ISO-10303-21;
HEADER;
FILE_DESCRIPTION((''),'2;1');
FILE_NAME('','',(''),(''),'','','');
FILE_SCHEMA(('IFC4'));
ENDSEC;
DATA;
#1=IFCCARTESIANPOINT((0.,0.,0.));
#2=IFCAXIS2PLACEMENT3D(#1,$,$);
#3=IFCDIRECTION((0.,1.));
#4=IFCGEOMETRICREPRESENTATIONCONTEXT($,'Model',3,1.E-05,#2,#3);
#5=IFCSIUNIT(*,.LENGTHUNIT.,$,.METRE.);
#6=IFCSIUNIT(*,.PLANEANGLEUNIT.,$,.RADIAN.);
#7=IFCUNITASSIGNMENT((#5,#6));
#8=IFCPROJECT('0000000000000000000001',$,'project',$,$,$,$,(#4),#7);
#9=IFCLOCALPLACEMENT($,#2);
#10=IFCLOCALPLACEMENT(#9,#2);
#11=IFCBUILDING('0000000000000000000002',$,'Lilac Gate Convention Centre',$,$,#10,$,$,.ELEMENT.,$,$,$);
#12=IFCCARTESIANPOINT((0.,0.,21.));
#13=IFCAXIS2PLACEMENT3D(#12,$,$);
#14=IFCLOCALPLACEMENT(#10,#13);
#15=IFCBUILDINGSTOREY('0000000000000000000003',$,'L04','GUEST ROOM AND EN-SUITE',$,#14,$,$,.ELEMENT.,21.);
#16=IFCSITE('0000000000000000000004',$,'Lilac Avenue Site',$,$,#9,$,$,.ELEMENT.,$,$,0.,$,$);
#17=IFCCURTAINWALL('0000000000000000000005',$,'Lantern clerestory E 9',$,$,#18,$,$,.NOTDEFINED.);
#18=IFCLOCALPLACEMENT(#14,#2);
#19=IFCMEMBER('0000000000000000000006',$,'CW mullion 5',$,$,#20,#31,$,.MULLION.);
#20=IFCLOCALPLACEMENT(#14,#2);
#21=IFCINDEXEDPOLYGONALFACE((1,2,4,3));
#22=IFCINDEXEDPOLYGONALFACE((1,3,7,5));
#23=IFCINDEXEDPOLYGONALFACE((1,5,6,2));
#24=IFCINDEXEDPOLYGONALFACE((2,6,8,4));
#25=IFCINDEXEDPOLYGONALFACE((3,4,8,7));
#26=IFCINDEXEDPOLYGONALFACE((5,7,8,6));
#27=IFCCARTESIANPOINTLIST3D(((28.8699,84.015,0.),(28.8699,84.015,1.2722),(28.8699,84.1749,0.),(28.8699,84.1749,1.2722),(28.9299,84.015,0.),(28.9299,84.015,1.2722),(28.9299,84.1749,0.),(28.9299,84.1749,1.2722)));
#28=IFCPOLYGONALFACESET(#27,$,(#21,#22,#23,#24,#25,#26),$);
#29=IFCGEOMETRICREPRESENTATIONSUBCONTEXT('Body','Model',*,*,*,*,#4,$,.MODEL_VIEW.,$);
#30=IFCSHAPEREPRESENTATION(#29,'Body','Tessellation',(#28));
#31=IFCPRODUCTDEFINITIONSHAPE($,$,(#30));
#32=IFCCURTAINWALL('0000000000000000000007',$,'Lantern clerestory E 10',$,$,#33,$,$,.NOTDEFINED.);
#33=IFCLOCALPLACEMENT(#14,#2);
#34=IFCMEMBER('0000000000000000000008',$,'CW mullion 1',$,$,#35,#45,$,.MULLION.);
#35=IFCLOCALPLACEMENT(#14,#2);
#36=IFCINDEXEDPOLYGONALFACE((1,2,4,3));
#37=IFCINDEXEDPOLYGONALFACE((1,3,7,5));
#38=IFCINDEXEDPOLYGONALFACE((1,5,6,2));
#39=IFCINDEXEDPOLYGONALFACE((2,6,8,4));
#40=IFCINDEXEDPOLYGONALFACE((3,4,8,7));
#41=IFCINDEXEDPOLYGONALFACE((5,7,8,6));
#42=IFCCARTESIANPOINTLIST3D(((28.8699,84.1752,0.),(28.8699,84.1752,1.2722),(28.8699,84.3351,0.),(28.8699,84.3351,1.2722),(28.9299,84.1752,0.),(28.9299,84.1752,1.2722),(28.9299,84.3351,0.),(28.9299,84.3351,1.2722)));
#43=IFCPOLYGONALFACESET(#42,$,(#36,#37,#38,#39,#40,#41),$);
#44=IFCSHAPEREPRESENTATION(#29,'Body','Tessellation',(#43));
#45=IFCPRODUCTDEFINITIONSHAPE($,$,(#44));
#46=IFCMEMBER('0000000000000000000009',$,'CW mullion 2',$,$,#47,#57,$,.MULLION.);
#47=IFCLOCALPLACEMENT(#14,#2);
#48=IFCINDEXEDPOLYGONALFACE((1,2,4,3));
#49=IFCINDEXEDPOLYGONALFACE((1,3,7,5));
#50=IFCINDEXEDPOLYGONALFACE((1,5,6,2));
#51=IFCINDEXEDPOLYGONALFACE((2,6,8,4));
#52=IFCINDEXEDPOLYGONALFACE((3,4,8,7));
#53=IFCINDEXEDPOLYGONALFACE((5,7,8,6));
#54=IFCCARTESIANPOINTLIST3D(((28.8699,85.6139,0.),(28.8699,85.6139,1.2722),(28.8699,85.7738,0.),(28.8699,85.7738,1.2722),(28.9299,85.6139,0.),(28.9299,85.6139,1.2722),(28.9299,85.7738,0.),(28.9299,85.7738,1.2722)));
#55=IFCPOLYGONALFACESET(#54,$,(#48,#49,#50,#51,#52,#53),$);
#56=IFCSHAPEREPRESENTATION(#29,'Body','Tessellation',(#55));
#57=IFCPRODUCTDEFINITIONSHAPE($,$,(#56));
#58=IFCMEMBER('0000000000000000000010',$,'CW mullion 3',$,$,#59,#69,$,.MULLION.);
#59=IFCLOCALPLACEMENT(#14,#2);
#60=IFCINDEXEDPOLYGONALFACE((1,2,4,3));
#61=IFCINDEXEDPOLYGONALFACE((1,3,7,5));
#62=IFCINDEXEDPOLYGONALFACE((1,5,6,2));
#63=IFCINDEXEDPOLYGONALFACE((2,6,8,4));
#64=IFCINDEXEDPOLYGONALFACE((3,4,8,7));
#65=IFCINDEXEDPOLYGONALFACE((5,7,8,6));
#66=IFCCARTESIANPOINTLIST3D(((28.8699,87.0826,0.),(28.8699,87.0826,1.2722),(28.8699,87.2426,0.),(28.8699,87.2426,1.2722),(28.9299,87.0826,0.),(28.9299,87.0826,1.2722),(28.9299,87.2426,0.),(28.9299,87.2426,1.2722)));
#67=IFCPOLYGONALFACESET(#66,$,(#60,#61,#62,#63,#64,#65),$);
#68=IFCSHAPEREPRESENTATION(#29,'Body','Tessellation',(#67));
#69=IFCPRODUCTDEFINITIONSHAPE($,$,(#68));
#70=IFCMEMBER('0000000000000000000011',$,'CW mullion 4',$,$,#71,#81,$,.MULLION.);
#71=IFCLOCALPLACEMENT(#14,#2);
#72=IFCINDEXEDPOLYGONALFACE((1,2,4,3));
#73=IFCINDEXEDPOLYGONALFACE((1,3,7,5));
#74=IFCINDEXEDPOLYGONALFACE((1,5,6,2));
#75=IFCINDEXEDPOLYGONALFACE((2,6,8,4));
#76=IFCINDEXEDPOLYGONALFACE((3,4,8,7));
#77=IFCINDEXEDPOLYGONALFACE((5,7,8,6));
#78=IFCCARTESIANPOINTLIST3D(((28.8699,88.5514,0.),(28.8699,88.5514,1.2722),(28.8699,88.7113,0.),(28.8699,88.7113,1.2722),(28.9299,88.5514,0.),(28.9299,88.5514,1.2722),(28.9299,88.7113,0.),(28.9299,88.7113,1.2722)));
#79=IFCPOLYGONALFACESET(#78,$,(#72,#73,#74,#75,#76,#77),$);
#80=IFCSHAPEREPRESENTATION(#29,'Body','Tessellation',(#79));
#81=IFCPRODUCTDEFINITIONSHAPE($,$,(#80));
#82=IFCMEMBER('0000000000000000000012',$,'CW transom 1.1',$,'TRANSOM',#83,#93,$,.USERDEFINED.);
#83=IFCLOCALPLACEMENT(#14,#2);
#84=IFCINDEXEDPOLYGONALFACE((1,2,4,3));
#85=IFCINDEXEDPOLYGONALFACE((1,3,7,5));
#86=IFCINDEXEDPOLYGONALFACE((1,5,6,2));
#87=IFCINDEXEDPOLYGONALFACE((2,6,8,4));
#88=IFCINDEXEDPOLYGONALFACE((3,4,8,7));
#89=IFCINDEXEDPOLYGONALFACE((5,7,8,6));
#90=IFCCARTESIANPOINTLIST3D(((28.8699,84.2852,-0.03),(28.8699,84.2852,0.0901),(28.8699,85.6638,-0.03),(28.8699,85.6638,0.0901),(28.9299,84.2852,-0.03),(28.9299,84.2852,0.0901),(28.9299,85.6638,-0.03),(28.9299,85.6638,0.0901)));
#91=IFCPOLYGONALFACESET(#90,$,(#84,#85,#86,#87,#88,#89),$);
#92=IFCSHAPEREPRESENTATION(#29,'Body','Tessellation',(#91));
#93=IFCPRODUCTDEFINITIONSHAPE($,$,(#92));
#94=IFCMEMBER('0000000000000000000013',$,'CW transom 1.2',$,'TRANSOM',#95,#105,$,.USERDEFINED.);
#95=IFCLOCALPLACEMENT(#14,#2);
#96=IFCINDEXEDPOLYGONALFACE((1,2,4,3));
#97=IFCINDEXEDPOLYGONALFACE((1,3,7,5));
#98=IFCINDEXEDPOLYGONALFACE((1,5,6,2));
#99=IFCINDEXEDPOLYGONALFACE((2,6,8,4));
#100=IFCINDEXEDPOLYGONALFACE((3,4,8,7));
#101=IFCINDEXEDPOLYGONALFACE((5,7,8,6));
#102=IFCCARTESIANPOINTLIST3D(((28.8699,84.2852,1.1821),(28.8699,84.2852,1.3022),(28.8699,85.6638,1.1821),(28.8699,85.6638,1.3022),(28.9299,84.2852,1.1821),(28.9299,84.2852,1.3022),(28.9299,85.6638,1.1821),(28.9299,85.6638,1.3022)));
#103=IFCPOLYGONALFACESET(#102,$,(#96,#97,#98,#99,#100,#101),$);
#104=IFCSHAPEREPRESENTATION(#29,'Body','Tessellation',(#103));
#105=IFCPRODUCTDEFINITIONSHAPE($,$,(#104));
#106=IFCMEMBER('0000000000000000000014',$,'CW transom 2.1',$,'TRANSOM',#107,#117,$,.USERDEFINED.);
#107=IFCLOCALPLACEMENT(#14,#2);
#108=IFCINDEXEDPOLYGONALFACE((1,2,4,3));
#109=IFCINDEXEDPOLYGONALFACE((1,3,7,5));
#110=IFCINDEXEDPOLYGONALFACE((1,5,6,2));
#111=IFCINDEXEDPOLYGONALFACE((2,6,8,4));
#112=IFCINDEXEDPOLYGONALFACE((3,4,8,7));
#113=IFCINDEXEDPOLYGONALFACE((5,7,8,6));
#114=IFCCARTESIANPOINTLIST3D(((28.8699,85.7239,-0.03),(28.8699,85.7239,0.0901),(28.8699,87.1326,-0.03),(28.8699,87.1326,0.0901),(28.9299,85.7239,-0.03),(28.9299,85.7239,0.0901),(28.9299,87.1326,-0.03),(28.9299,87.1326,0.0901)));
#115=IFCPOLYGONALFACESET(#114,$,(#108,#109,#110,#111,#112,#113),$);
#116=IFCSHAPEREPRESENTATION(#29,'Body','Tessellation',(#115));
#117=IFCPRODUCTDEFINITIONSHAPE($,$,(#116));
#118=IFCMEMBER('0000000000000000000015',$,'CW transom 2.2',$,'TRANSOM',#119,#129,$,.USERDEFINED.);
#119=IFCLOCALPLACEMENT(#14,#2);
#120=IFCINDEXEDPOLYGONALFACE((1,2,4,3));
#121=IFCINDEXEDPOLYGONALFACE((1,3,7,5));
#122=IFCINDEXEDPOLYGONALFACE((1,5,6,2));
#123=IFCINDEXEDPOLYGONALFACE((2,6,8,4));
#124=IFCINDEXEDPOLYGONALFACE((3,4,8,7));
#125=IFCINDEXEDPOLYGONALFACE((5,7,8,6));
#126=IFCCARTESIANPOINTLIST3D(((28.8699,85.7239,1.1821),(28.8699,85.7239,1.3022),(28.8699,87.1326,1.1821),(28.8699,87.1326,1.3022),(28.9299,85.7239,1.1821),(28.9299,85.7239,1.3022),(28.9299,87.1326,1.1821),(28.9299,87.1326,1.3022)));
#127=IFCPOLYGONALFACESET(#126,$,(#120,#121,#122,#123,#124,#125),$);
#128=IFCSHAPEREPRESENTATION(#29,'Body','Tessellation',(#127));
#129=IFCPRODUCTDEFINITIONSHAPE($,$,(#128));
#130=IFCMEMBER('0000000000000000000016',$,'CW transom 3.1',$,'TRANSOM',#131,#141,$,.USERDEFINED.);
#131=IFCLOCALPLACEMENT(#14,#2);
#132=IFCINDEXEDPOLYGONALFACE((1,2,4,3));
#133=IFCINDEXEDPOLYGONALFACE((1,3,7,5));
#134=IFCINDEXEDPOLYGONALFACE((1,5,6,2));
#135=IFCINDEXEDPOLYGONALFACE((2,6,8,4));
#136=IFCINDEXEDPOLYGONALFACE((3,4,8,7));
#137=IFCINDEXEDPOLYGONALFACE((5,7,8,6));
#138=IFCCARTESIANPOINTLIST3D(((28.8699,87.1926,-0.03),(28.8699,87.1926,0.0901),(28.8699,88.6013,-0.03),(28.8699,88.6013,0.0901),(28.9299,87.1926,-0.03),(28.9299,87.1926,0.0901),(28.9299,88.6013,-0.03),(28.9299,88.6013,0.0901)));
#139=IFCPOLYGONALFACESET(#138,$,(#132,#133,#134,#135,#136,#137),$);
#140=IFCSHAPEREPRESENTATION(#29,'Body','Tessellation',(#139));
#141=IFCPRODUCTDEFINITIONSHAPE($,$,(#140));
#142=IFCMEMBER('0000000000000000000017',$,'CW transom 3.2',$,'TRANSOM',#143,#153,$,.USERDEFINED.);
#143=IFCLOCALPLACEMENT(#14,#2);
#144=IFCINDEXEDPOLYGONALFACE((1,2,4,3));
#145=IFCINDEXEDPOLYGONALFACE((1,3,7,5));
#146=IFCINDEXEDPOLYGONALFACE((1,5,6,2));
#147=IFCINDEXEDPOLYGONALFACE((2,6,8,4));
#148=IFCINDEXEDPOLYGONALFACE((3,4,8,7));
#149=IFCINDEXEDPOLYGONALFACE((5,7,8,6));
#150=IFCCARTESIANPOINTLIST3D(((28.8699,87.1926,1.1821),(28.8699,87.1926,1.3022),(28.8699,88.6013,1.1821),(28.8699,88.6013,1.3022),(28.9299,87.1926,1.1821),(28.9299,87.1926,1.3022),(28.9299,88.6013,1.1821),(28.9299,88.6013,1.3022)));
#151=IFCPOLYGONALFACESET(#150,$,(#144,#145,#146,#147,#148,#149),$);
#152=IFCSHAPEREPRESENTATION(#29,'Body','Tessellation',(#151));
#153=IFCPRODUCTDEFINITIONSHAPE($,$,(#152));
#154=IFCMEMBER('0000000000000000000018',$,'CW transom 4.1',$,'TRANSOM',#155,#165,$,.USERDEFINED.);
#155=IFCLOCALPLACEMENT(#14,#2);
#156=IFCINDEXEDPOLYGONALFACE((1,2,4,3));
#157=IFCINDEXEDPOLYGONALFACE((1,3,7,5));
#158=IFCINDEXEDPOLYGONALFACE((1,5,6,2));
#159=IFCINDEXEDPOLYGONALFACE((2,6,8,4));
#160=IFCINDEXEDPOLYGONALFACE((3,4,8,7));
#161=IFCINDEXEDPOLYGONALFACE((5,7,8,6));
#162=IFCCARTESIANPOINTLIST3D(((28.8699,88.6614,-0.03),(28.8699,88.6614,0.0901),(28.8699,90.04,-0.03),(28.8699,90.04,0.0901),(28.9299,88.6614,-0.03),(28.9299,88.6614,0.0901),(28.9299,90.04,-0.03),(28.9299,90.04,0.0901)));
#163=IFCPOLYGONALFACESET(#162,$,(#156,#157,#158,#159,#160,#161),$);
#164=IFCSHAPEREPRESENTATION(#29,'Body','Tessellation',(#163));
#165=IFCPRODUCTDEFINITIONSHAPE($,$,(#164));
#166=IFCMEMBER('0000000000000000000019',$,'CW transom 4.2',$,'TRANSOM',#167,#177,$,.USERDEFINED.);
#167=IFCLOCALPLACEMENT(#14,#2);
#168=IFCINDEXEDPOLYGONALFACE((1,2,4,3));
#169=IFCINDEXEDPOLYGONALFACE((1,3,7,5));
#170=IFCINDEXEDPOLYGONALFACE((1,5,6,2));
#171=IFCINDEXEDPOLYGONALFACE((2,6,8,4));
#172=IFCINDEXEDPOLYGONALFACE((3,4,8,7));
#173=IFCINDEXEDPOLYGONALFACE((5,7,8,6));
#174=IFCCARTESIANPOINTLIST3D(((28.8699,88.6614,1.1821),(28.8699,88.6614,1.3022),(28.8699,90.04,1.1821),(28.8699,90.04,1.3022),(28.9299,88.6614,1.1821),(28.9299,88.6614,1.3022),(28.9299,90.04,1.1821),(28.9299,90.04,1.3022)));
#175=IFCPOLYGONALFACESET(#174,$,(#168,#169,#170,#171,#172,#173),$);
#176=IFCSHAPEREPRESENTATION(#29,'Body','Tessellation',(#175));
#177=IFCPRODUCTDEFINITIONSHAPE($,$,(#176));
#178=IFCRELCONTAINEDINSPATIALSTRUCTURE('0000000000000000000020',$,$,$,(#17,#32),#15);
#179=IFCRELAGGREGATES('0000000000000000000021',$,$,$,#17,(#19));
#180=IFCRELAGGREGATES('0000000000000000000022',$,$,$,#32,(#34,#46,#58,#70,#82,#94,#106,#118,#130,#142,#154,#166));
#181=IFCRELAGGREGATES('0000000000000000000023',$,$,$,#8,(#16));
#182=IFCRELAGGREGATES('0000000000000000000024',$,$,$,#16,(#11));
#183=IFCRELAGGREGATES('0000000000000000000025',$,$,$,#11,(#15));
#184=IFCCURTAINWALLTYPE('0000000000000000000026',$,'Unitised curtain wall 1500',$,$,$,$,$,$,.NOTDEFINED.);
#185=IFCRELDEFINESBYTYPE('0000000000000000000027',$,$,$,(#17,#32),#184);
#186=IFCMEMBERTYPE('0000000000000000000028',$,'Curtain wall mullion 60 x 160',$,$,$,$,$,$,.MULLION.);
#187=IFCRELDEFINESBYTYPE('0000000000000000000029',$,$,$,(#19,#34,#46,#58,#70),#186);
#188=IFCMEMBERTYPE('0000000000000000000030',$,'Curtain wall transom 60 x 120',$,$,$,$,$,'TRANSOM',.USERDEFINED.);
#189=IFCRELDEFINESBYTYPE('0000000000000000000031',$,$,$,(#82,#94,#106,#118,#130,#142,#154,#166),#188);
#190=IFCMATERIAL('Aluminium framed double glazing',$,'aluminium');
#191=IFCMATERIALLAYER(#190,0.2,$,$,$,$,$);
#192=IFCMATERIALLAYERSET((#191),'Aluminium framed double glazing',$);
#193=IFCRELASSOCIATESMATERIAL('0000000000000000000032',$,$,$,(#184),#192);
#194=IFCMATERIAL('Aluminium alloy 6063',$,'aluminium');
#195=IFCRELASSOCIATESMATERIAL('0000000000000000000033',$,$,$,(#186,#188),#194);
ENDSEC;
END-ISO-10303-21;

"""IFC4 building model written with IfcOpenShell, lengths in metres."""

from ifc_helpers import new_model, si_unit, direction, frame, origin, origin_2d, place, context, subcontext, project, spatial, rectangle, extrude, material, layer, layer_set, material_profile, profile_set, type_object, element, aggregate, save


model = new_model("IFC4")

# Units and contexts
model_context = context("Model", 3, precision=1e-05, world=origin(), true_north=direction((0.0, 1.0)))
body_context = subcontext(model_context, "Body", "Model", "MODEL_VIEW")
ifc_project = project(units=[si_unit("LENGTHUNIT", "METRE"), si_unit("PLANEANGLEUNIT", "RADIAN")], contexts=[model_context])

# Site, building, storey
site_placement = place(None, origin())
site = spatial("IfcSite", under=ifc_project, at=site_placement, Name="Lilac Avenue Site", CompositionType="ELEMENT", RefElevation=0.0)
building_placement = place(site_placement, origin())
building = spatial("IfcBuilding", under=site, at=building_placement, Name="Lilac Gate Convention Centre", CompositionType="ELEMENT")
storey_placement = place(building_placement, frame((0.0, 0.0, 21.0)))
storey = spatial("IfcBuildingStorey", under=building, at=storey_placement, Name="L04", Description="GUEST ROOM AND EN-SUITE", CompositionType="ELEMENT", Elevation=21.0)

# Curtain wall, member
ifc_material_1 = material(Name="Aluminium framed double glazing", Category="aluminium")
ifc_layer_1 = layer(ifc_material_1, 0.2)
ifc_layer_set_1 = layer_set([ifc_layer_1], Name="Aluminium framed double glazing")
curtain_wall_type = type_object("IfcCurtainWallType", Name="Unitised curtain wall 1500", PredefinedType="NOTDEFINED", material=ifc_layer_set_1)
curtain_wall_1_placement = place(storey_placement, origin())
curtain_wall_1 = element("IfcCurtainWall", 1, at=curtain_wall_1_placement, inside=storey, type_object=curtain_wall_type, Name="Lantern clerestory E 9", PredefinedType="NOTDEFINED")
ifc_material_2 = material(Name="Aluminium alloy 6063", Category="aluminium")
ifc_material_profile_1 = material_profile(ifc_material_2, rectangle(XDim=0.0601, YDim=0.1599, at=origin_2d()), Name="Curtain wall mullion 60 x 160")
ifc_profile_set_1 = profile_set([ifc_material_profile_1], Name="Aluminium alloy 6063")
member_type_1 = type_object("IfcMemberType", Name="Curtain wall mullion 60 x 160", PredefinedType="MULLION", material=ifc_profile_set_1)
member_1_placement = place(storey_placement, frame((28.8999, 84.095, 0.0), z_axis=(0.0, 0.0, 1.0), x_axis=(-1.0, 0.0, 0.0)))
member_1 = element("IfcMember", 2, at=member_1_placement, type_object=member_type_1, Name="CW mullion 5", PredefinedType="MULLION", context=body_context, shape_type="SweptSolid", body=[
    extrude(rectangle(XDim=0.0601, YDim=0.1599, at=origin_2d()), origin(), (0.0, 0.0, 1.0), 1.2722),
])

# Curtain wall, members
curtain_wall_2_placement = place(storey_placement, origin())
curtain_wall_2 = element("IfcCurtainWall", 3, at=curtain_wall_2_placement, inside=storey, type_object=curtain_wall_type, Name="Lantern clerestory E 10", PredefinedType="NOTDEFINED")
member_2_placement = place(storey_placement, frame((28.8999, 84.2551, 0.0), z_axis=(0.0, 0.0, 1.0), x_axis=(-1.0, 0.0, 0.0)))
member_2 = element("IfcMember", 4, at=member_2_placement, type_object=member_type_1, Name="CW mullion 1", PredefinedType="MULLION", context=body_context, shape_type="SweptSolid", body=[
    extrude(rectangle(XDim=0.0601, YDim=0.1599, at=origin_2d()), origin(), (0.0, 0.0, 1.0), 1.2722),
])
member_3_placement = place(storey_placement, frame((28.8999, 85.6938, 0.0), z_axis=(0.0, 0.0, 1.0), x_axis=(-1.0, 0.0, 0.0)))
member_3 = element("IfcMember", 5, at=member_3_placement, type_object=member_type_1, Name="CW mullion 2", PredefinedType="MULLION", context=body_context, shape_type="SweptSolid", body=[
    extrude(rectangle(XDim=0.0601, YDim=0.1599, at=origin_2d()), origin(), (0.0, 0.0, 1.0), 1.2722),
])
member_4_placement = place(storey_placement, frame((28.8999, 87.1626, 0.0), z_axis=(0.0, 0.0, 1.0), x_axis=(-1.0, 0.0, 0.0)))
member_4 = element("IfcMember", 6, at=member_4_placement, type_object=member_type_1, Name="CW mullion 3", PredefinedType="MULLION", context=body_context, shape_type="SweptSolid", body=[
    extrude(rectangle(XDim=0.0601, YDim=0.1599, at=origin_2d()), origin(), (0.0, 0.0, 1.0), 1.2722),
])
member_5_placement = place(storey_placement, frame((28.8999, 88.6313, 0.0), z_axis=(0.0, 0.0, 1.0), x_axis=(-1.0, 0.0, 0.0)))
member_5 = element("IfcMember", 7, at=member_5_placement, type_object=member_type_1, Name="CW mullion 4", PredefinedType="MULLION", context=body_context, shape_type="SweptSolid", body=[
    extrude(rectangle(XDim=0.0601, YDim=0.1599, at=origin_2d()), origin(), (0.0, 0.0, 1.0), 1.2722),
])
ifc_material_profile_2 = material_profile(ifc_material_2, rectangle(XDim=0.0601, YDim=0.1201, at=origin_2d()), Name="Curtain wall transom 60 x 120")
ifc_profile_set_2 = profile_set([ifc_material_profile_2], Name="Aluminium alloy 6063")
member_type_2 = type_object("IfcMemberType", Name="Curtain wall transom 60 x 120", ElementType="TRANSOM", PredefinedType="USERDEFINED", material=ifc_profile_set_2)
member_6_placement = place(storey_placement, frame((28.8999, 84.2852, 0.03), z_axis=(0.0, 1.0, 0.0), x_axis=(-1.0, 0.0, 0.0)))
member_6 = element("IfcMember", 8, at=member_6_placement, type_object=member_type_2, Name="CW transom 1.1", ObjectType="TRANSOM", PredefinedType="USERDEFINED", context=body_context, shape_type="SweptSolid", body=[
    extrude(rectangle(XDim=0.0601, YDim=0.1201, at=origin_2d()), origin(), (0.0, 0.0, 1.0), 1.3787),
])
member_7_placement = place(storey_placement, frame((28.8999, 84.2852, 1.2422), z_axis=(0.0, 1.0, 0.0), x_axis=(-1.0, 0.0, 0.0)))
member_7 = element("IfcMember", 9, at=member_7_placement, type_object=member_type_2, Name="CW transom 1.2", ObjectType="TRANSOM", PredefinedType="USERDEFINED", context=body_context, shape_type="SweptSolid", body=[
    extrude(rectangle(XDim=0.0601, YDim=0.1201, at=origin_2d()), origin(), (0.0, 0.0, 1.0), 1.3787),
])
member_8_placement = place(storey_placement, frame((28.8999, 85.7239, 0.03), z_axis=(0.0, 1.0, 0.0), x_axis=(-1.0, 0.0, 0.0)))
member_8 = element("IfcMember", 10, at=member_8_placement, type_object=member_type_2, Name="CW transom 2.1", ObjectType="TRANSOM", PredefinedType="USERDEFINED", context=body_context, shape_type="SweptSolid", body=[
    extrude(rectangle(XDim=0.0601, YDim=0.1201, at=origin_2d()), origin(), (0.0, 0.0, 1.0), 1.4087),
])
member_9_placement = place(storey_placement, frame((28.8999, 85.7239, 1.2422), z_axis=(0.0, 1.0, 0.0), x_axis=(-1.0, 0.0, 0.0)))
member_9 = element("IfcMember", 11, at=member_9_placement, type_object=member_type_2, Name="CW transom 2.2", ObjectType="TRANSOM", PredefinedType="USERDEFINED", context=body_context, shape_type="SweptSolid", body=[
    extrude(rectangle(XDim=0.0601, YDim=0.1201, at=origin_2d()), origin(), (0.0, 0.0, 1.0), 1.4087),
])
member_10_placement = place(storey_placement, frame((28.8999, 87.1926, 0.03), z_axis=(0.0, 1.0, 0.0), x_axis=(-1.0, 0.0, 0.0)))
member_10 = element("IfcMember", 12, at=member_10_placement, type_object=member_type_2, Name="CW transom 3.1", ObjectType="TRANSOM", PredefinedType="USERDEFINED", context=body_context, shape_type="SweptSolid", body=[
    extrude(rectangle(XDim=0.0601, YDim=0.1201, at=origin_2d()), origin(), (0.0, 0.0, 1.0), 1.4087),
])
member_11_placement = place(storey_placement, frame((28.8999, 87.1926, 1.2422), z_axis=(0.0, 1.0, 0.0), x_axis=(-1.0, 0.0, 0.0)))
member_11 = element("IfcMember", 13, at=member_11_placement, type_object=member_type_2, Name="CW transom 3.2", ObjectType="TRANSOM", PredefinedType="USERDEFINED", context=body_context, shape_type="SweptSolid", body=[
    extrude(rectangle(XDim=0.0601, YDim=0.1201, at=origin_2d()), origin(), (0.0, 0.0, 1.0), 1.4087),
])
member_12_placement = place(storey_placement, frame((28.8999, 88.6614, 0.03), z_axis=(0.0, 1.0, 0.0), x_axis=(-1.0, 0.0, 0.0)))
member_12 = element("IfcMember", 14, at=member_12_placement, type_object=member_type_2, Name="CW transom 4.1", ObjectType="TRANSOM", PredefinedType="USERDEFINED", context=body_context, shape_type="SweptSolid", body=[
    extrude(rectangle(XDim=0.0601, YDim=0.1201, at=origin_2d()), origin(), (0.0, 0.0, 1.0), 1.3787),
])
member_13_placement = place(storey_placement, frame((28.8999, 88.6614, 1.2422), z_axis=(0.0, 1.0, 0.0), x_axis=(-1.0, 0.0, 0.0)))
member_13 = element("IfcMember", 15, at=member_13_placement, type_object=member_type_2, Name="CW transom 4.2", ObjectType="TRANSOM", PredefinedType="USERDEFINED", context=body_context, shape_type="SweptSolid", body=[
    extrude(rectangle(XDim=0.0601, YDim=0.1201, at=origin_2d()), origin(), (0.0, 0.0, 1.0), 1.3787),
])

aggregate(curtain_wall_1, [member_1])
aggregate(curtain_wall_2, [member_2, member_3, member_4, member_5, member_6, member_7, member_8, member_9, member_10, member_11, member_12, member_13])

save(model, "model.ifc")
